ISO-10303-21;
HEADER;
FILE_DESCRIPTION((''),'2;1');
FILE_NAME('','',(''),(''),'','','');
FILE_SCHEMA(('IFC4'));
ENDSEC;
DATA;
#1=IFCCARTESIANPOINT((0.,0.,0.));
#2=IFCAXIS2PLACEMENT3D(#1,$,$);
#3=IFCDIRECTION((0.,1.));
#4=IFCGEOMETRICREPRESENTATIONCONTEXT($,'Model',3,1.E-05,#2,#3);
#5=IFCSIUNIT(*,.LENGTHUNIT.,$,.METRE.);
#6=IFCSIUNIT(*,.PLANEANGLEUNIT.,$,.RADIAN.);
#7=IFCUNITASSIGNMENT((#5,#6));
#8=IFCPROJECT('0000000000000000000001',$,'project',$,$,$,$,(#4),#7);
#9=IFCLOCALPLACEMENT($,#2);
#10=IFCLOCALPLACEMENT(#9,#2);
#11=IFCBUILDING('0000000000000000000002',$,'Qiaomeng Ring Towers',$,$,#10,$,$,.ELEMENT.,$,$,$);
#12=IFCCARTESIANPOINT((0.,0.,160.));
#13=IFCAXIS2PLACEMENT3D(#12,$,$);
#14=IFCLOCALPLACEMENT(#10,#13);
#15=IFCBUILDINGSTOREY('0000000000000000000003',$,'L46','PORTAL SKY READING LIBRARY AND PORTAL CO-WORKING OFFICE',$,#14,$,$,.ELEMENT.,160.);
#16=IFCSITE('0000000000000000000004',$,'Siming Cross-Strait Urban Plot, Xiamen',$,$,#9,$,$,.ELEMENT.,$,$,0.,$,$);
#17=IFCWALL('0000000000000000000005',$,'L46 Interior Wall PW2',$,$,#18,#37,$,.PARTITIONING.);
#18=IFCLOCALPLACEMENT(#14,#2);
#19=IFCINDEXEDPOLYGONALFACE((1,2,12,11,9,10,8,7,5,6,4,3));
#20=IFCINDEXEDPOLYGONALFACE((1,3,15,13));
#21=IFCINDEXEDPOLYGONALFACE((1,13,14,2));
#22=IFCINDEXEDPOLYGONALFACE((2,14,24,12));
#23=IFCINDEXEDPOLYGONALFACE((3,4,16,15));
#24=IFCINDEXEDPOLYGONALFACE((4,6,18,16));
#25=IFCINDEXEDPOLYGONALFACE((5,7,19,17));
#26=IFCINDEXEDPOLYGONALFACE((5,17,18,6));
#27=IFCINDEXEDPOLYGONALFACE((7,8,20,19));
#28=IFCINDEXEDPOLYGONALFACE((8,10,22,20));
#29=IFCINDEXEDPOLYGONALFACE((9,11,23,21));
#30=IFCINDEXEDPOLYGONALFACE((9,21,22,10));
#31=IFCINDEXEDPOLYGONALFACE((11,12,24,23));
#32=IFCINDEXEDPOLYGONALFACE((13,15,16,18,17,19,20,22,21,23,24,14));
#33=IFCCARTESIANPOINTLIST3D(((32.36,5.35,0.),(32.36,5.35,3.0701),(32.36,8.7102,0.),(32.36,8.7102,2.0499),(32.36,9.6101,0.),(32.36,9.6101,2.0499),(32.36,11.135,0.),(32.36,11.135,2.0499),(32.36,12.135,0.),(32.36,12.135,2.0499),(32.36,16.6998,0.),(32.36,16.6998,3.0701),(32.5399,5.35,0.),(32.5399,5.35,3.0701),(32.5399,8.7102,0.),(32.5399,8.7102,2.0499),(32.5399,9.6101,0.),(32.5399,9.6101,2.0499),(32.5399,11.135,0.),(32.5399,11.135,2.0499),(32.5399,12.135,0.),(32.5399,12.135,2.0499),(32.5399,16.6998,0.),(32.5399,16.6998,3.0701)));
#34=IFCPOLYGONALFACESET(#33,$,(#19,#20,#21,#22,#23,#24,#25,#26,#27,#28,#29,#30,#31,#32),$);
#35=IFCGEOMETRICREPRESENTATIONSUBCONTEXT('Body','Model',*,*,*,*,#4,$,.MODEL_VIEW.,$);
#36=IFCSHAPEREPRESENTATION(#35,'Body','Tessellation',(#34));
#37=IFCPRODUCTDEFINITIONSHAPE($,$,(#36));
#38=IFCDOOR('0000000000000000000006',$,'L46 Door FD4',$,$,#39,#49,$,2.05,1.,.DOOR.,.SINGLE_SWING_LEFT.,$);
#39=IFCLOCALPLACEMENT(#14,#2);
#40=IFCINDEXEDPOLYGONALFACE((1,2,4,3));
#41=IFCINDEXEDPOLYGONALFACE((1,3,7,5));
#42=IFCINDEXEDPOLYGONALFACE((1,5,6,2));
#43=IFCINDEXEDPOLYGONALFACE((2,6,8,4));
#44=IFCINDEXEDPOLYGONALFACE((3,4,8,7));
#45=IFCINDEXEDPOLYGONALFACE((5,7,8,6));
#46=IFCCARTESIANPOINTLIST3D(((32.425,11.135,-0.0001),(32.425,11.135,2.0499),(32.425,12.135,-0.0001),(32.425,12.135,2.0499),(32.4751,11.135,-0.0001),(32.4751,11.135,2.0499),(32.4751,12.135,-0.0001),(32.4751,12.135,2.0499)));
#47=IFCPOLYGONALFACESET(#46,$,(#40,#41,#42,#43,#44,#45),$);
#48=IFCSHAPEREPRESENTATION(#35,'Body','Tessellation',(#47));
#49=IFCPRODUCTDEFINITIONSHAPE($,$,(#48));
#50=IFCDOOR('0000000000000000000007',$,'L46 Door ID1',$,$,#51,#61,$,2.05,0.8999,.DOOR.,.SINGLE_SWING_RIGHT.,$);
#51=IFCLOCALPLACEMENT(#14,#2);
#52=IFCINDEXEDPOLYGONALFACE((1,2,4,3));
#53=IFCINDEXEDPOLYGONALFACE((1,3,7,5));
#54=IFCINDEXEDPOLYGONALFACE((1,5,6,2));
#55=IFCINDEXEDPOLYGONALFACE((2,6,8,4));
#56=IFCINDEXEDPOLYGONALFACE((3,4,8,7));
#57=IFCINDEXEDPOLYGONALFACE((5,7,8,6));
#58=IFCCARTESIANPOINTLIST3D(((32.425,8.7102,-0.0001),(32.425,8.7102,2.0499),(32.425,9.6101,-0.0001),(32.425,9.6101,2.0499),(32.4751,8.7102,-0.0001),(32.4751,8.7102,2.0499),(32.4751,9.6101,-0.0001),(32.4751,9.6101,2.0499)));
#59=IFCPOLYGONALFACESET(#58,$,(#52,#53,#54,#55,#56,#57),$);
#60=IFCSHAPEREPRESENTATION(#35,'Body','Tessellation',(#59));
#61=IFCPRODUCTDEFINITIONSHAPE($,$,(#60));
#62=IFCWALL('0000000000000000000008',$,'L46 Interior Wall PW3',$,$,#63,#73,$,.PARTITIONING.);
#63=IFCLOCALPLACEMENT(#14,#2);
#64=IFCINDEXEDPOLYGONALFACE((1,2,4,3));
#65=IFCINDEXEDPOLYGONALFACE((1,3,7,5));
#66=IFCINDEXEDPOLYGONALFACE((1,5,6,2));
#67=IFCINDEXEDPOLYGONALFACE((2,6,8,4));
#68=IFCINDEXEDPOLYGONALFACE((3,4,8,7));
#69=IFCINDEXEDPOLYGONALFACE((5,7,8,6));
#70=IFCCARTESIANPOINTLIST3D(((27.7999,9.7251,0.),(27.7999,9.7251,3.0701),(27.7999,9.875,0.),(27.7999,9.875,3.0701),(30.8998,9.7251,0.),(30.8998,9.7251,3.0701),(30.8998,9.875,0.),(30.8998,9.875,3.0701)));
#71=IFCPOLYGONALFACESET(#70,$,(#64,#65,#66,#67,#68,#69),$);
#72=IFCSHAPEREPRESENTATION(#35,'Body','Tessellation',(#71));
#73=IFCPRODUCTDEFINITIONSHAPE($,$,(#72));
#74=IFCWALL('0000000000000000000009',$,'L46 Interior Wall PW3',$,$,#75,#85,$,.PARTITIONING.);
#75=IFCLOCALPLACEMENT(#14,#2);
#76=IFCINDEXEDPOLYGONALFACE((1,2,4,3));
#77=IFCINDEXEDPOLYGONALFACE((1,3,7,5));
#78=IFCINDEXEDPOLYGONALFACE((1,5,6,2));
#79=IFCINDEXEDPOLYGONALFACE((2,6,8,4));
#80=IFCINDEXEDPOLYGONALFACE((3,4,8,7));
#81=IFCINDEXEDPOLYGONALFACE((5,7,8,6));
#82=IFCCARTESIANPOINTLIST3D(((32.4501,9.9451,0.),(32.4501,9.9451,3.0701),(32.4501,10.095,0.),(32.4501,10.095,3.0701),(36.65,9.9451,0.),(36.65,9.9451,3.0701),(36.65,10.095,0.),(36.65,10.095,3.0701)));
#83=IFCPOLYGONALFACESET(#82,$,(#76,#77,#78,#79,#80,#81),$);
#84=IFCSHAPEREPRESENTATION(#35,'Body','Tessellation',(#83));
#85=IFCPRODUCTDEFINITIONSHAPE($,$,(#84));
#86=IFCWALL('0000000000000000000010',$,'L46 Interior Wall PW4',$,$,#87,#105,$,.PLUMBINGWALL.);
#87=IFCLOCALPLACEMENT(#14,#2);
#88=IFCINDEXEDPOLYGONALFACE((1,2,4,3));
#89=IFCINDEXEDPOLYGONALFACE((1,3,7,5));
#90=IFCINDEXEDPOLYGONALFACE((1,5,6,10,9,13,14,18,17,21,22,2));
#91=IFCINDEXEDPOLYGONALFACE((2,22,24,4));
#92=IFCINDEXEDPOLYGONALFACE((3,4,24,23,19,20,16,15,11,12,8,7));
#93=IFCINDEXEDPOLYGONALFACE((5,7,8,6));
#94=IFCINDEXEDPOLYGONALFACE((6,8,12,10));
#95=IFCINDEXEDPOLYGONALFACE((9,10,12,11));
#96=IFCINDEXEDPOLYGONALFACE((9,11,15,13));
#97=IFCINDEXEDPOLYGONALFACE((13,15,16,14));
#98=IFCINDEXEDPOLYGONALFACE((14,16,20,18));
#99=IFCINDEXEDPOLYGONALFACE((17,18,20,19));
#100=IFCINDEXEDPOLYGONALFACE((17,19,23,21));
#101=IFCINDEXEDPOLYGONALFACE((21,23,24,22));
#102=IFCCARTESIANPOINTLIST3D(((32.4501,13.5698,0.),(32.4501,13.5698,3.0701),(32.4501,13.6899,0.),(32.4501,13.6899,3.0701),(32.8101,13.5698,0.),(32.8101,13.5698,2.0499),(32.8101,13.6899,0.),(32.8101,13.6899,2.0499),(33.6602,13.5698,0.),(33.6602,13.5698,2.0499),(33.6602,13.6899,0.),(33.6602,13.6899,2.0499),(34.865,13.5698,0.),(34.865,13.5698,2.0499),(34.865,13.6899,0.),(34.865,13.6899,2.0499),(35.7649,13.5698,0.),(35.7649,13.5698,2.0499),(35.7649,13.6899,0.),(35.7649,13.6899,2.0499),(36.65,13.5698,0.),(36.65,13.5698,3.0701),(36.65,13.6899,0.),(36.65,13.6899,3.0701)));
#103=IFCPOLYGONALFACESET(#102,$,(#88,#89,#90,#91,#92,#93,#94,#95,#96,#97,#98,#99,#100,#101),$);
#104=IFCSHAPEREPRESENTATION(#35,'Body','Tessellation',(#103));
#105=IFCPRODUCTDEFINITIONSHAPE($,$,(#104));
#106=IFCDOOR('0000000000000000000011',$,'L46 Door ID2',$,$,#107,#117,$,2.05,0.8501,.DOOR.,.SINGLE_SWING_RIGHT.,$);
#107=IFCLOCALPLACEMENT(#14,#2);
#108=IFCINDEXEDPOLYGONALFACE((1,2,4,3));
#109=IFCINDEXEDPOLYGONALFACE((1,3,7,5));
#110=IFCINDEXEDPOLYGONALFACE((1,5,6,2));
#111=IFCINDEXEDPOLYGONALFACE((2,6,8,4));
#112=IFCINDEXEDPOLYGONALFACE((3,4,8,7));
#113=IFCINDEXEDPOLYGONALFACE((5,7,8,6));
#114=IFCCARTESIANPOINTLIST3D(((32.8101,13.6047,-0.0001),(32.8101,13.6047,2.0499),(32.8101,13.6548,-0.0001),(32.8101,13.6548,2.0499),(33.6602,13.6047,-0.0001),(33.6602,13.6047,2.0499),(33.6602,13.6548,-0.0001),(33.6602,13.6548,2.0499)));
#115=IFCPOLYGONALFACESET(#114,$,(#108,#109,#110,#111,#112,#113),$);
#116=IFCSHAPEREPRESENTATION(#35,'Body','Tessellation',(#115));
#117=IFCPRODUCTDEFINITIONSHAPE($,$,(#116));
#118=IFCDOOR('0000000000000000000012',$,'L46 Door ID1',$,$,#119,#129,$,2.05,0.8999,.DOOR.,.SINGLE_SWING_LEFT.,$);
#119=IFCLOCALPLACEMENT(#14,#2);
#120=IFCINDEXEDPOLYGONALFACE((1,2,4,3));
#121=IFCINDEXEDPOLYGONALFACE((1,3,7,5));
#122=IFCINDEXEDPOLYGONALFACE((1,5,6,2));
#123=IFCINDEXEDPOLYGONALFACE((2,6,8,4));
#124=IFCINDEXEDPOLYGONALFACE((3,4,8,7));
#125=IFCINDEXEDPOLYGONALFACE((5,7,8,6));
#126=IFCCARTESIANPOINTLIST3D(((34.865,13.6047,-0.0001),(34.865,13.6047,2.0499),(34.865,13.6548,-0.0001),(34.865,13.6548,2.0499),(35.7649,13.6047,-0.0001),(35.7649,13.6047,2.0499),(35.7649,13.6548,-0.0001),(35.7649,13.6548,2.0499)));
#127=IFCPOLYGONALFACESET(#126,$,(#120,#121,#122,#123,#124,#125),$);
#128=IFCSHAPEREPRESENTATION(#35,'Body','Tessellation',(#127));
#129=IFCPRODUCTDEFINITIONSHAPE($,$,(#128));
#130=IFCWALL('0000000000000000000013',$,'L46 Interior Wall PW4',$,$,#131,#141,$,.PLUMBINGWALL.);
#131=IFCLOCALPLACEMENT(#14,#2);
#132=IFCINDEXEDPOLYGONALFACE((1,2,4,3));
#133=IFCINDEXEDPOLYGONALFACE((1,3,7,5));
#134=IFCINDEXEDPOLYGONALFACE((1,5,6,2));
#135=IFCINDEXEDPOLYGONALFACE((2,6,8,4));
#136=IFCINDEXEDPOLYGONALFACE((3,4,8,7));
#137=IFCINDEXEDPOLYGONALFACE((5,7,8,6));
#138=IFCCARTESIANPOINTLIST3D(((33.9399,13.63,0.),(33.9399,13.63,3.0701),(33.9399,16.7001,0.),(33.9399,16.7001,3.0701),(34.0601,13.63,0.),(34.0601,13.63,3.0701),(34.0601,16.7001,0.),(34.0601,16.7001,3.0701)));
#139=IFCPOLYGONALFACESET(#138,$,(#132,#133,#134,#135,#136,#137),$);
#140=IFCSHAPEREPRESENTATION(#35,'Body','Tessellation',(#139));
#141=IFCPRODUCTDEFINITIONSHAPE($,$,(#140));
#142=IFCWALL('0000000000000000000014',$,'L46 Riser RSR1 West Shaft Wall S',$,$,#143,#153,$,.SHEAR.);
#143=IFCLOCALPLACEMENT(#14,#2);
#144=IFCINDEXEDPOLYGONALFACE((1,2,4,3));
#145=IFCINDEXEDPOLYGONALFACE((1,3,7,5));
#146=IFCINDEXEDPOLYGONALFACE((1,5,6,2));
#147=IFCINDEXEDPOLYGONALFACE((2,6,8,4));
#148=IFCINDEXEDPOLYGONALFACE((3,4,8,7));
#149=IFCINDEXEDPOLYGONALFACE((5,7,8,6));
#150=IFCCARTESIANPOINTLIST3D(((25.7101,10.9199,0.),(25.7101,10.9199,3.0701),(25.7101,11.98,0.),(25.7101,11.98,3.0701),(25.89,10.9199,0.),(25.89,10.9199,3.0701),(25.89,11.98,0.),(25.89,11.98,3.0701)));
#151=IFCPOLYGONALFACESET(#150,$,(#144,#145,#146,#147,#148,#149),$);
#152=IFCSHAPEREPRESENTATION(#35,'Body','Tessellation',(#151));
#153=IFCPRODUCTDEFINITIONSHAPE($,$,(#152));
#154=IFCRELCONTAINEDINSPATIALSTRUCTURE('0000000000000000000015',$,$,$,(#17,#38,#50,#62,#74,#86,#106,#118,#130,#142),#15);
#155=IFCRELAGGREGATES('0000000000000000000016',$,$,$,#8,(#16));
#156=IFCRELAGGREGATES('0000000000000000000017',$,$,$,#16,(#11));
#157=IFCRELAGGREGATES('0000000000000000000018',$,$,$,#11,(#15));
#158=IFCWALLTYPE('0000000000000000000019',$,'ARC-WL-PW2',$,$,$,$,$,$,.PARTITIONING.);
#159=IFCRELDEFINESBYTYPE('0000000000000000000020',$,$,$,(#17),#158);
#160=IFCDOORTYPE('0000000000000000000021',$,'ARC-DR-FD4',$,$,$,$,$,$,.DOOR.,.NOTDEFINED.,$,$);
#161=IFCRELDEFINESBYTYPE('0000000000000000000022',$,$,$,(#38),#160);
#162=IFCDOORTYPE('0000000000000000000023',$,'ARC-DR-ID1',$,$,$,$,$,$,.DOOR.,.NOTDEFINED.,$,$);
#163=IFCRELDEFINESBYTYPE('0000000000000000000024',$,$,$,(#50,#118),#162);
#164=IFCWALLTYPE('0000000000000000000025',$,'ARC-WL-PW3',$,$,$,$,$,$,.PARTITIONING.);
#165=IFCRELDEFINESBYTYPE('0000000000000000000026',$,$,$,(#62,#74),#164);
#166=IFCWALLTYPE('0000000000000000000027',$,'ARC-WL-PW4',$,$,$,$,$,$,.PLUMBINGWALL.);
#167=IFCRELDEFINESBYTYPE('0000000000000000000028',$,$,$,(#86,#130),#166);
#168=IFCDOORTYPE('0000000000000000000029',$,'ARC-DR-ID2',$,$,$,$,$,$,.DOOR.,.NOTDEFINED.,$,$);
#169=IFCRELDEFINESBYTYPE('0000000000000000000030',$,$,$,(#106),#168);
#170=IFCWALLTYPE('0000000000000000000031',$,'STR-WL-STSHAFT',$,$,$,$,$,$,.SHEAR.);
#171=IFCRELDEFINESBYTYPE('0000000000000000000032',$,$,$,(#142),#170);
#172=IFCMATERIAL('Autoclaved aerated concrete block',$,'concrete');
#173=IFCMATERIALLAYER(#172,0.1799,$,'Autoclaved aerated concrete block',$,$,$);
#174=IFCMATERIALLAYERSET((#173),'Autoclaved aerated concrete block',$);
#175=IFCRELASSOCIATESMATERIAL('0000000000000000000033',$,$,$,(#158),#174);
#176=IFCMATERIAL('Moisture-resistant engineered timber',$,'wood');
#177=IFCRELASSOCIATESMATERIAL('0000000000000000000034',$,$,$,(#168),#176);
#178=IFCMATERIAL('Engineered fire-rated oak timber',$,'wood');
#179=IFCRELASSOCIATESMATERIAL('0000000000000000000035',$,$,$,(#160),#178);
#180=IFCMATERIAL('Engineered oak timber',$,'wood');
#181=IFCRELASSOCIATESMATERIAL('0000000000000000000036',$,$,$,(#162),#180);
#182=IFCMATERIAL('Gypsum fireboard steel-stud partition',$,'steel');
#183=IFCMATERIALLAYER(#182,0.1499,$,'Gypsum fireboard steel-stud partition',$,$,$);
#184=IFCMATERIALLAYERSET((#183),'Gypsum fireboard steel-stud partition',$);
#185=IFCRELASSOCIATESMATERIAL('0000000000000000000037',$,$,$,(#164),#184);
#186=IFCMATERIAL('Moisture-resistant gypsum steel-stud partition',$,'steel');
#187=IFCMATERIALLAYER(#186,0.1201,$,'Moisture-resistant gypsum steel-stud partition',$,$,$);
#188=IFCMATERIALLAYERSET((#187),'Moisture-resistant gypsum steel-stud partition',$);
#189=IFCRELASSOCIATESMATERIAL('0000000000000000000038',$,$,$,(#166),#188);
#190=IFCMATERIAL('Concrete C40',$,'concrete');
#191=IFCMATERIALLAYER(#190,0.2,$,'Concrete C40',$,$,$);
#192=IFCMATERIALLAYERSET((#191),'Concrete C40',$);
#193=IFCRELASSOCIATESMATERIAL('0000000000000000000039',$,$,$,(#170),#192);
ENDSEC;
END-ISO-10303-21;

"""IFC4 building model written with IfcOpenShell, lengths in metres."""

from ifc_helpers import new_model, si_unit, direction, frame, frame_2d, origin, place, context, subcontext, project, spatial, rectangle, extrude, source, transform, mapped, material, layer, layer_set, type_object, element, fill, save


model = new_model("IFC4")

# Units and contexts
model_context = context("Model", 3, precision=1e-05, world=origin(), true_north=direction((0.0, 1.0)))
body_context = subcontext(model_context, "Body", "Model", "MODEL_VIEW")
ifc_project = project(units=[si_unit("LENGTHUNIT", "METRE"), si_unit("PLANEANGLEUNIT", "RADIAN")], contexts=[model_context])

# Site, building, storey
site_placement = place(None, origin())
site = spatial("IfcSite", under=ifc_project, at=site_placement, Name="Siming Cross-Strait Urban Plot, Xiamen", CompositionType="ELEMENT", RefElevation=0.0)
building_placement = place(site_placement, origin())
building = spatial("IfcBuilding", under=site, at=building_placement, Name="Qiaomeng Ring Towers", CompositionType="ELEMENT")
storey_placement = place(building_placement, frame((0.0, 0.0, 160.0)))
storey = spatial("IfcBuildingStorey", under=building, at=storey_placement, Name="L46", Description="PORTAL SKY READING LIBRARY AND PORTAL CO-WORKING OFFICE", CompositionType="ELEMENT", Elevation=160.0)

# Shared definitions
ifc_material_1 = material(Name="Autoclaved aerated concrete block", Category="concrete")

# Shared definitions
ifc_layer_1 = layer(ifc_material_1, 0.1799, Name="Autoclaved aerated concrete block")
ifc_layer_set_1 = layer_set([ifc_layer_1], Name="Autoclaved aerated concrete block")
wall_type_1 = type_object("IfcWallType", Name="ARC-WL-PW2", PredefinedType="PARTITIONING", material=ifc_layer_set_1)
ifc_material_2 = material(Name="Moisture-resistant engineered timber", Category="wood")
door_type_1 = type_object("IfcDoorType", Name="ARC-DR-ID2", OperationType="NOTDEFINED", PredefinedType="DOOR", material=ifc_material_2)
shared_shape_1 = source(origin(), body_context, "Body", "SweptSolid", [
    extrude(rectangle(XDim=0.8501, YDim=2.05, at=frame_2d((0.425, 1.0249))), frame((0.0, 0.0249, 0.0), z_axis=(0.0, -1.0, 0.0), x_axis=(1.0, 0.0, 0.0)), (0.0, 0.0, 1.0), 0.05),
])

# Wall, openings, doors
wall_1_placement = place(storey_placement, frame((32.45, 5.3501, 0.0), z_axis=(0.0, 0.0, 1.0), x_axis=(0.0, 1.0, 0.0)))
wall_1 = element("IfcWall", 1, at=wall_1_placement, inside=storey, type_object=wall_type_1, Name="L46 Interior Wall PW2", PredefinedType="PARTITIONING", context=body_context, shape_type="SweptSolid", body=[
    extrude(rectangle(XDim=11.3499, YDim=0.1799, at=frame_2d((5.6748, 0.0))), origin(), (0.0, 0.0, 1.0), 3.0701),
])
opening_1_placement = place(wall_1_placement, frame((3.3601, 0.0, 0.0)))
opening_1 = element("IfcOpeningElement", 2, at=opening_1_placement, cuts=wall_1, PredefinedType="OPENING", context=body_context, shape_type="SweptSolid", body=[
    extrude(rectangle(XDim=0.8999, YDim=2.05, at=frame_2d((0.45, 1.0249))), frame((0.0, 0.0999, 0.0), z_axis=(0.0, -1.0, 0.0), x_axis=(1.0, 0.0, 0.0)), (0.0, 0.0, 1.0), 0.2),
])
opening_2_placement = place(wall_1_placement, frame((5.7849, 0.0, 0.0)))
opening_2 = element("IfcOpeningElement", 3, at=opening_2_placement, cuts=wall_1, PredefinedType="OPENING", context=body_context, shape_type="SweptSolid", body=[
    extrude(rectangle(XDim=1.0, YDim=2.05, at=frame_2d((0.5, 1.0249))), frame((0.0, 0.0999, 0.0), z_axis=(0.0, -1.0, 0.0), x_axis=(1.0, 0.0, 0.0)), (0.0, 0.0, 1.0), 0.2),
])
ifc_material_3 = material(Name="Engineered fire-rated oak timber", Category="wood")
door_type_2 = type_object("IfcDoorType", Name="ARC-DR-FD4", OperationType="NOTDEFINED", PredefinedType="DOOR", material=ifc_material_3)
shared_shape_2 = source(origin(), body_context, "Body", "SweptSolid", [
    extrude(rectangle(XDim=1.0, YDim=2.05, at=frame_2d((0.5, 1.0249))), frame((0.0, 0.0249, 0.0), z_axis=(0.0, -1.0, 0.0), x_axis=(1.0, 0.0, 0.0)), (0.0, 0.0, 1.0), 0.05),
])
door_1_placement = place(opening_2_placement, origin())
door_1 = element("IfcDoor", 4, at=door_1_placement, inside=storey, type_object=door_type_2, Name="L46 Door FD4", OperationType="SINGLE_SWING_LEFT", OverallHeight=2.05, OverallWidth=1.0, PredefinedType="DOOR", context=body_context, shape_type="MappedRepresentation", body=[
    mapped(shared_shape_2, transform((0.0, 0.0, 0.0), x_axis=(1.0, 0.0, 0.0), y_axis=(0.0, 1.0, 0.0), z_axis=(0.0, 0.0, 1.0), scale=1.0)),
])
fill(opening_2, door_1)
ifc_material_4 = material(Name="Engineered oak timber", Category="wood")
door_type_3 = type_object("IfcDoorType", Name="ARC-DR-ID1", OperationType="NOTDEFINED", PredefinedType="DOOR", material=ifc_material_4)
shared_shape_3 = source(origin(), body_context, "Body", "SweptSolid", [
    extrude(rectangle(XDim=0.8999, YDim=2.05, at=frame_2d((0.45, 1.0249))), frame((0.0, 0.0249, 0.0), z_axis=(0.0, -1.0, 0.0), x_axis=(1.0, 0.0, 0.0)), (0.0, 0.0, 1.0), 0.05),
])
door_2_placement = place(opening_1_placement, origin())
door_2 = element("IfcDoor", 5, at=door_2_placement, inside=storey, type_object=door_type_3, Name="L46 Door ID1", OperationType="SINGLE_SWING_RIGHT", OverallHeight=2.05, OverallWidth=0.8999, PredefinedType="DOOR", context=body_context, shape_type="MappedRepresentation", body=[
    mapped(shared_shape_3, transform((0.0, 0.0, 0.0), x_axis=(1.0, 0.0, 0.0), y_axis=(0.0, 1.0, 0.0), z_axis=(0.0, 0.0, 1.0), scale=1.0)),
])
fill(opening_1, door_2)

# Walls
ifc_material_5 = material(Name="Gypsum fireboard steel-stud partition", Category="steel")
ifc_layer_2 = layer(ifc_material_5, 0.1499, Name="Gypsum fireboard steel-stud partition")
ifc_layer_set_2 = layer_set([ifc_layer_2], Name="Gypsum fireboard steel-stud partition")
wall_type_2 = type_object("IfcWallType", Name="ARC-WL-PW3", PredefinedType="PARTITIONING", material=ifc_layer_set_2)
wall_2_placement = place(storey_placement, frame((27.8, 9.8, 0.0), z_axis=(0.0, 0.0, 1.0), x_axis=(1.0, 0.0, 0.0)))
element("IfcWall", 6, at=wall_2_placement, inside=storey, type_object=wall_type_2, Name="L46 Interior Wall PW3", PredefinedType="PARTITIONING", context=body_context, shape_type="SweptSolid", body=[
    extrude(rectangle(XDim=3.0999, YDim=0.1499, at=frame_2d((1.5498, 0.0))), origin(), (0.0, 0.0, 1.0), 3.0701),
])
wall_3_placement = place(storey_placement, frame((32.45, 10.02, 0.0), z_axis=(0.0, 0.0, 1.0), x_axis=(1.0, 0.0, 0.0)))
element("IfcWall", 7, at=wall_3_placement, inside=storey, type_object=wall_type_2, Name="L46 Interior Wall PW3", PredefinedType="PARTITIONING", context=body_context, shape_type="SweptSolid", body=[
    extrude(rectangle(XDim=4.2, YDim=0.1499, at=frame_2d((2.1001, 0.0))), origin(), (0.0, 0.0, 1.0), 3.0701),
])

# Wall, openings, doors
ifc_material_6 = material(Name="Moisture-resistant gypsum steel-stud partition", Category="steel")
ifc_layer_3 = layer(ifc_material_6, 0.1201, Name="Moisture-resistant gypsum steel-stud partition")
ifc_layer_set_3 = layer_set([ifc_layer_3], Name="Moisture-resistant gypsum steel-stud partition")
wall_type_3 = type_object("IfcWallType", Name="ARC-WL-PW4", PredefinedType="PLUMBINGWALL", material=ifc_layer_set_3)
wall_4_placement = place(storey_placement, frame((32.45, 13.6299, 0.0), z_axis=(0.0, 0.0, 1.0), x_axis=(1.0, 0.0, 0.0)))
wall_4 = element("IfcWall", 8, at=wall_4_placement, inside=storey, type_object=wall_type_3, Name="L46 Interior Wall PW4", PredefinedType="PLUMBINGWALL", context=body_context, shape_type="SweptSolid", body=[
    extrude(rectangle(XDim=4.2, YDim=0.1201, at=frame_2d((2.1001, 0.0))), origin(), (0.0, 0.0, 1.0), 3.0701),
])
opening_3_placement = place(wall_4_placement, frame((0.3601, 0.0, 0.0)))
opening_3 = element("IfcOpeningElement", 9, at=opening_3_placement, cuts=wall_4, PredefinedType="OPENING", context=body_context, shape_type="SweptSolid", body=[
    extrude(rectangle(XDim=0.8501, YDim=2.05, at=frame_2d((0.425, 1.0249))), frame((0.0, 0.0701, 0.0), z_axis=(0.0, -1.0, 0.0), x_axis=(1.0, 0.0, 0.0)), (0.0, 0.0, 1.0), 0.1401),
])
opening_4_placement = place(wall_4_placement, frame((2.415, 0.0, 0.0)))
opening_4 = element("IfcOpeningElement", 10, at=opening_4_placement, cuts=wall_4, PredefinedType="OPENING", context=body_context, shape_type="SweptSolid", body=[
    extrude(rectangle(XDim=0.8999, YDim=2.05, at=frame_2d((0.45, 1.0249))), frame((0.0, 0.0701, 0.0), z_axis=(0.0, -1.0, 0.0), x_axis=(1.0, 0.0, 0.0)), (0.0, 0.0, 1.0), 0.1401),
])
door_3_placement = place(opening_3_placement, origin())
door_3 = element("IfcDoor", 11, at=door_3_placement, inside=storey, type_object=door_type_1, Name="L46 Door ID2", OperationType="SINGLE_SWING_RIGHT", OverallHeight=2.05, OverallWidth=0.8501, PredefinedType="DOOR", context=body_context, shape_type="MappedRepresentation", body=[
    mapped(shared_shape_1, transform((0.0, 0.0, 0.0), x_axis=(1.0, 0.0, 0.0), y_axis=(0.0, 1.0, 0.0), z_axis=(0.0, 0.0, 1.0), scale=1.0)),
])
fill(opening_3, door_3)
door_4_placement = place(opening_4_placement, origin())
door_4 = element("IfcDoor", 12, at=door_4_placement, inside=storey, type_object=door_type_3, Name="L46 Door ID1", OperationType="SINGLE_SWING_LEFT", OverallHeight=2.05, OverallWidth=0.8999, PredefinedType="DOOR", context=body_context, shape_type="MappedRepresentation", body=[
    mapped(shared_shape_3, transform((0.0, 0.0, 0.0), x_axis=(1.0, 0.0, 0.0), y_axis=(0.0, 1.0, 0.0), z_axis=(0.0, 0.0, 1.0), scale=1.0)),
])
fill(opening_4, door_4)

# Walls
wall_5_placement = place(storey_placement, frame((34.0, 13.6299, 0.0), z_axis=(0.0, 0.0, 1.0), x_axis=(0.0, 1.0, 0.0)))
element("IfcWall", 13, at=wall_5_placement, inside=storey, type_object=wall_type_3, Name="L46 Interior Wall PW4", PredefinedType="PLUMBINGWALL", context=body_context, shape_type="SweptSolid", body=[
    extrude(rectangle(XDim=3.0701, YDim=0.1201, at=frame_2d((1.5352, 0.0))), origin(), (0.0, 0.0, 1.0), 3.0701),
])
ifc_material_7 = material(Name="Concrete C40", Category="concrete")
ifc_layer_4 = layer(ifc_material_7, 0.2, Name="Concrete C40")
ifc_layer_set_4 = layer_set([ifc_layer_4], Name="Concrete C40")
wall_type_4 = type_object("IfcWallType", Name="STR-WL-STSHAFT", PredefinedType="SHEAR", material=ifc_layer_set_4)
wall_6_placement = place(storey_placement, frame((25.8, 10.9199, 0.0), z_axis=(0.0, 0.0, 1.0), x_axis=(0.0, 1.0, 0.0)))
element("IfcWall", 14, at=wall_6_placement, inside=storey, type_object=wall_type_4, Name="L46 Riser RSR1 West Shaft Wall S", PredefinedType="SHEAR", context=body_context, shape_type="SweptSolid", body=[
    extrude(rectangle(XDim=1.0601, YDim=0.1799, at=frame_2d((0.53, 0.0))), origin(), (0.0, 0.0, 1.0), 3.0701),
])

save(model, "model.ifc")
